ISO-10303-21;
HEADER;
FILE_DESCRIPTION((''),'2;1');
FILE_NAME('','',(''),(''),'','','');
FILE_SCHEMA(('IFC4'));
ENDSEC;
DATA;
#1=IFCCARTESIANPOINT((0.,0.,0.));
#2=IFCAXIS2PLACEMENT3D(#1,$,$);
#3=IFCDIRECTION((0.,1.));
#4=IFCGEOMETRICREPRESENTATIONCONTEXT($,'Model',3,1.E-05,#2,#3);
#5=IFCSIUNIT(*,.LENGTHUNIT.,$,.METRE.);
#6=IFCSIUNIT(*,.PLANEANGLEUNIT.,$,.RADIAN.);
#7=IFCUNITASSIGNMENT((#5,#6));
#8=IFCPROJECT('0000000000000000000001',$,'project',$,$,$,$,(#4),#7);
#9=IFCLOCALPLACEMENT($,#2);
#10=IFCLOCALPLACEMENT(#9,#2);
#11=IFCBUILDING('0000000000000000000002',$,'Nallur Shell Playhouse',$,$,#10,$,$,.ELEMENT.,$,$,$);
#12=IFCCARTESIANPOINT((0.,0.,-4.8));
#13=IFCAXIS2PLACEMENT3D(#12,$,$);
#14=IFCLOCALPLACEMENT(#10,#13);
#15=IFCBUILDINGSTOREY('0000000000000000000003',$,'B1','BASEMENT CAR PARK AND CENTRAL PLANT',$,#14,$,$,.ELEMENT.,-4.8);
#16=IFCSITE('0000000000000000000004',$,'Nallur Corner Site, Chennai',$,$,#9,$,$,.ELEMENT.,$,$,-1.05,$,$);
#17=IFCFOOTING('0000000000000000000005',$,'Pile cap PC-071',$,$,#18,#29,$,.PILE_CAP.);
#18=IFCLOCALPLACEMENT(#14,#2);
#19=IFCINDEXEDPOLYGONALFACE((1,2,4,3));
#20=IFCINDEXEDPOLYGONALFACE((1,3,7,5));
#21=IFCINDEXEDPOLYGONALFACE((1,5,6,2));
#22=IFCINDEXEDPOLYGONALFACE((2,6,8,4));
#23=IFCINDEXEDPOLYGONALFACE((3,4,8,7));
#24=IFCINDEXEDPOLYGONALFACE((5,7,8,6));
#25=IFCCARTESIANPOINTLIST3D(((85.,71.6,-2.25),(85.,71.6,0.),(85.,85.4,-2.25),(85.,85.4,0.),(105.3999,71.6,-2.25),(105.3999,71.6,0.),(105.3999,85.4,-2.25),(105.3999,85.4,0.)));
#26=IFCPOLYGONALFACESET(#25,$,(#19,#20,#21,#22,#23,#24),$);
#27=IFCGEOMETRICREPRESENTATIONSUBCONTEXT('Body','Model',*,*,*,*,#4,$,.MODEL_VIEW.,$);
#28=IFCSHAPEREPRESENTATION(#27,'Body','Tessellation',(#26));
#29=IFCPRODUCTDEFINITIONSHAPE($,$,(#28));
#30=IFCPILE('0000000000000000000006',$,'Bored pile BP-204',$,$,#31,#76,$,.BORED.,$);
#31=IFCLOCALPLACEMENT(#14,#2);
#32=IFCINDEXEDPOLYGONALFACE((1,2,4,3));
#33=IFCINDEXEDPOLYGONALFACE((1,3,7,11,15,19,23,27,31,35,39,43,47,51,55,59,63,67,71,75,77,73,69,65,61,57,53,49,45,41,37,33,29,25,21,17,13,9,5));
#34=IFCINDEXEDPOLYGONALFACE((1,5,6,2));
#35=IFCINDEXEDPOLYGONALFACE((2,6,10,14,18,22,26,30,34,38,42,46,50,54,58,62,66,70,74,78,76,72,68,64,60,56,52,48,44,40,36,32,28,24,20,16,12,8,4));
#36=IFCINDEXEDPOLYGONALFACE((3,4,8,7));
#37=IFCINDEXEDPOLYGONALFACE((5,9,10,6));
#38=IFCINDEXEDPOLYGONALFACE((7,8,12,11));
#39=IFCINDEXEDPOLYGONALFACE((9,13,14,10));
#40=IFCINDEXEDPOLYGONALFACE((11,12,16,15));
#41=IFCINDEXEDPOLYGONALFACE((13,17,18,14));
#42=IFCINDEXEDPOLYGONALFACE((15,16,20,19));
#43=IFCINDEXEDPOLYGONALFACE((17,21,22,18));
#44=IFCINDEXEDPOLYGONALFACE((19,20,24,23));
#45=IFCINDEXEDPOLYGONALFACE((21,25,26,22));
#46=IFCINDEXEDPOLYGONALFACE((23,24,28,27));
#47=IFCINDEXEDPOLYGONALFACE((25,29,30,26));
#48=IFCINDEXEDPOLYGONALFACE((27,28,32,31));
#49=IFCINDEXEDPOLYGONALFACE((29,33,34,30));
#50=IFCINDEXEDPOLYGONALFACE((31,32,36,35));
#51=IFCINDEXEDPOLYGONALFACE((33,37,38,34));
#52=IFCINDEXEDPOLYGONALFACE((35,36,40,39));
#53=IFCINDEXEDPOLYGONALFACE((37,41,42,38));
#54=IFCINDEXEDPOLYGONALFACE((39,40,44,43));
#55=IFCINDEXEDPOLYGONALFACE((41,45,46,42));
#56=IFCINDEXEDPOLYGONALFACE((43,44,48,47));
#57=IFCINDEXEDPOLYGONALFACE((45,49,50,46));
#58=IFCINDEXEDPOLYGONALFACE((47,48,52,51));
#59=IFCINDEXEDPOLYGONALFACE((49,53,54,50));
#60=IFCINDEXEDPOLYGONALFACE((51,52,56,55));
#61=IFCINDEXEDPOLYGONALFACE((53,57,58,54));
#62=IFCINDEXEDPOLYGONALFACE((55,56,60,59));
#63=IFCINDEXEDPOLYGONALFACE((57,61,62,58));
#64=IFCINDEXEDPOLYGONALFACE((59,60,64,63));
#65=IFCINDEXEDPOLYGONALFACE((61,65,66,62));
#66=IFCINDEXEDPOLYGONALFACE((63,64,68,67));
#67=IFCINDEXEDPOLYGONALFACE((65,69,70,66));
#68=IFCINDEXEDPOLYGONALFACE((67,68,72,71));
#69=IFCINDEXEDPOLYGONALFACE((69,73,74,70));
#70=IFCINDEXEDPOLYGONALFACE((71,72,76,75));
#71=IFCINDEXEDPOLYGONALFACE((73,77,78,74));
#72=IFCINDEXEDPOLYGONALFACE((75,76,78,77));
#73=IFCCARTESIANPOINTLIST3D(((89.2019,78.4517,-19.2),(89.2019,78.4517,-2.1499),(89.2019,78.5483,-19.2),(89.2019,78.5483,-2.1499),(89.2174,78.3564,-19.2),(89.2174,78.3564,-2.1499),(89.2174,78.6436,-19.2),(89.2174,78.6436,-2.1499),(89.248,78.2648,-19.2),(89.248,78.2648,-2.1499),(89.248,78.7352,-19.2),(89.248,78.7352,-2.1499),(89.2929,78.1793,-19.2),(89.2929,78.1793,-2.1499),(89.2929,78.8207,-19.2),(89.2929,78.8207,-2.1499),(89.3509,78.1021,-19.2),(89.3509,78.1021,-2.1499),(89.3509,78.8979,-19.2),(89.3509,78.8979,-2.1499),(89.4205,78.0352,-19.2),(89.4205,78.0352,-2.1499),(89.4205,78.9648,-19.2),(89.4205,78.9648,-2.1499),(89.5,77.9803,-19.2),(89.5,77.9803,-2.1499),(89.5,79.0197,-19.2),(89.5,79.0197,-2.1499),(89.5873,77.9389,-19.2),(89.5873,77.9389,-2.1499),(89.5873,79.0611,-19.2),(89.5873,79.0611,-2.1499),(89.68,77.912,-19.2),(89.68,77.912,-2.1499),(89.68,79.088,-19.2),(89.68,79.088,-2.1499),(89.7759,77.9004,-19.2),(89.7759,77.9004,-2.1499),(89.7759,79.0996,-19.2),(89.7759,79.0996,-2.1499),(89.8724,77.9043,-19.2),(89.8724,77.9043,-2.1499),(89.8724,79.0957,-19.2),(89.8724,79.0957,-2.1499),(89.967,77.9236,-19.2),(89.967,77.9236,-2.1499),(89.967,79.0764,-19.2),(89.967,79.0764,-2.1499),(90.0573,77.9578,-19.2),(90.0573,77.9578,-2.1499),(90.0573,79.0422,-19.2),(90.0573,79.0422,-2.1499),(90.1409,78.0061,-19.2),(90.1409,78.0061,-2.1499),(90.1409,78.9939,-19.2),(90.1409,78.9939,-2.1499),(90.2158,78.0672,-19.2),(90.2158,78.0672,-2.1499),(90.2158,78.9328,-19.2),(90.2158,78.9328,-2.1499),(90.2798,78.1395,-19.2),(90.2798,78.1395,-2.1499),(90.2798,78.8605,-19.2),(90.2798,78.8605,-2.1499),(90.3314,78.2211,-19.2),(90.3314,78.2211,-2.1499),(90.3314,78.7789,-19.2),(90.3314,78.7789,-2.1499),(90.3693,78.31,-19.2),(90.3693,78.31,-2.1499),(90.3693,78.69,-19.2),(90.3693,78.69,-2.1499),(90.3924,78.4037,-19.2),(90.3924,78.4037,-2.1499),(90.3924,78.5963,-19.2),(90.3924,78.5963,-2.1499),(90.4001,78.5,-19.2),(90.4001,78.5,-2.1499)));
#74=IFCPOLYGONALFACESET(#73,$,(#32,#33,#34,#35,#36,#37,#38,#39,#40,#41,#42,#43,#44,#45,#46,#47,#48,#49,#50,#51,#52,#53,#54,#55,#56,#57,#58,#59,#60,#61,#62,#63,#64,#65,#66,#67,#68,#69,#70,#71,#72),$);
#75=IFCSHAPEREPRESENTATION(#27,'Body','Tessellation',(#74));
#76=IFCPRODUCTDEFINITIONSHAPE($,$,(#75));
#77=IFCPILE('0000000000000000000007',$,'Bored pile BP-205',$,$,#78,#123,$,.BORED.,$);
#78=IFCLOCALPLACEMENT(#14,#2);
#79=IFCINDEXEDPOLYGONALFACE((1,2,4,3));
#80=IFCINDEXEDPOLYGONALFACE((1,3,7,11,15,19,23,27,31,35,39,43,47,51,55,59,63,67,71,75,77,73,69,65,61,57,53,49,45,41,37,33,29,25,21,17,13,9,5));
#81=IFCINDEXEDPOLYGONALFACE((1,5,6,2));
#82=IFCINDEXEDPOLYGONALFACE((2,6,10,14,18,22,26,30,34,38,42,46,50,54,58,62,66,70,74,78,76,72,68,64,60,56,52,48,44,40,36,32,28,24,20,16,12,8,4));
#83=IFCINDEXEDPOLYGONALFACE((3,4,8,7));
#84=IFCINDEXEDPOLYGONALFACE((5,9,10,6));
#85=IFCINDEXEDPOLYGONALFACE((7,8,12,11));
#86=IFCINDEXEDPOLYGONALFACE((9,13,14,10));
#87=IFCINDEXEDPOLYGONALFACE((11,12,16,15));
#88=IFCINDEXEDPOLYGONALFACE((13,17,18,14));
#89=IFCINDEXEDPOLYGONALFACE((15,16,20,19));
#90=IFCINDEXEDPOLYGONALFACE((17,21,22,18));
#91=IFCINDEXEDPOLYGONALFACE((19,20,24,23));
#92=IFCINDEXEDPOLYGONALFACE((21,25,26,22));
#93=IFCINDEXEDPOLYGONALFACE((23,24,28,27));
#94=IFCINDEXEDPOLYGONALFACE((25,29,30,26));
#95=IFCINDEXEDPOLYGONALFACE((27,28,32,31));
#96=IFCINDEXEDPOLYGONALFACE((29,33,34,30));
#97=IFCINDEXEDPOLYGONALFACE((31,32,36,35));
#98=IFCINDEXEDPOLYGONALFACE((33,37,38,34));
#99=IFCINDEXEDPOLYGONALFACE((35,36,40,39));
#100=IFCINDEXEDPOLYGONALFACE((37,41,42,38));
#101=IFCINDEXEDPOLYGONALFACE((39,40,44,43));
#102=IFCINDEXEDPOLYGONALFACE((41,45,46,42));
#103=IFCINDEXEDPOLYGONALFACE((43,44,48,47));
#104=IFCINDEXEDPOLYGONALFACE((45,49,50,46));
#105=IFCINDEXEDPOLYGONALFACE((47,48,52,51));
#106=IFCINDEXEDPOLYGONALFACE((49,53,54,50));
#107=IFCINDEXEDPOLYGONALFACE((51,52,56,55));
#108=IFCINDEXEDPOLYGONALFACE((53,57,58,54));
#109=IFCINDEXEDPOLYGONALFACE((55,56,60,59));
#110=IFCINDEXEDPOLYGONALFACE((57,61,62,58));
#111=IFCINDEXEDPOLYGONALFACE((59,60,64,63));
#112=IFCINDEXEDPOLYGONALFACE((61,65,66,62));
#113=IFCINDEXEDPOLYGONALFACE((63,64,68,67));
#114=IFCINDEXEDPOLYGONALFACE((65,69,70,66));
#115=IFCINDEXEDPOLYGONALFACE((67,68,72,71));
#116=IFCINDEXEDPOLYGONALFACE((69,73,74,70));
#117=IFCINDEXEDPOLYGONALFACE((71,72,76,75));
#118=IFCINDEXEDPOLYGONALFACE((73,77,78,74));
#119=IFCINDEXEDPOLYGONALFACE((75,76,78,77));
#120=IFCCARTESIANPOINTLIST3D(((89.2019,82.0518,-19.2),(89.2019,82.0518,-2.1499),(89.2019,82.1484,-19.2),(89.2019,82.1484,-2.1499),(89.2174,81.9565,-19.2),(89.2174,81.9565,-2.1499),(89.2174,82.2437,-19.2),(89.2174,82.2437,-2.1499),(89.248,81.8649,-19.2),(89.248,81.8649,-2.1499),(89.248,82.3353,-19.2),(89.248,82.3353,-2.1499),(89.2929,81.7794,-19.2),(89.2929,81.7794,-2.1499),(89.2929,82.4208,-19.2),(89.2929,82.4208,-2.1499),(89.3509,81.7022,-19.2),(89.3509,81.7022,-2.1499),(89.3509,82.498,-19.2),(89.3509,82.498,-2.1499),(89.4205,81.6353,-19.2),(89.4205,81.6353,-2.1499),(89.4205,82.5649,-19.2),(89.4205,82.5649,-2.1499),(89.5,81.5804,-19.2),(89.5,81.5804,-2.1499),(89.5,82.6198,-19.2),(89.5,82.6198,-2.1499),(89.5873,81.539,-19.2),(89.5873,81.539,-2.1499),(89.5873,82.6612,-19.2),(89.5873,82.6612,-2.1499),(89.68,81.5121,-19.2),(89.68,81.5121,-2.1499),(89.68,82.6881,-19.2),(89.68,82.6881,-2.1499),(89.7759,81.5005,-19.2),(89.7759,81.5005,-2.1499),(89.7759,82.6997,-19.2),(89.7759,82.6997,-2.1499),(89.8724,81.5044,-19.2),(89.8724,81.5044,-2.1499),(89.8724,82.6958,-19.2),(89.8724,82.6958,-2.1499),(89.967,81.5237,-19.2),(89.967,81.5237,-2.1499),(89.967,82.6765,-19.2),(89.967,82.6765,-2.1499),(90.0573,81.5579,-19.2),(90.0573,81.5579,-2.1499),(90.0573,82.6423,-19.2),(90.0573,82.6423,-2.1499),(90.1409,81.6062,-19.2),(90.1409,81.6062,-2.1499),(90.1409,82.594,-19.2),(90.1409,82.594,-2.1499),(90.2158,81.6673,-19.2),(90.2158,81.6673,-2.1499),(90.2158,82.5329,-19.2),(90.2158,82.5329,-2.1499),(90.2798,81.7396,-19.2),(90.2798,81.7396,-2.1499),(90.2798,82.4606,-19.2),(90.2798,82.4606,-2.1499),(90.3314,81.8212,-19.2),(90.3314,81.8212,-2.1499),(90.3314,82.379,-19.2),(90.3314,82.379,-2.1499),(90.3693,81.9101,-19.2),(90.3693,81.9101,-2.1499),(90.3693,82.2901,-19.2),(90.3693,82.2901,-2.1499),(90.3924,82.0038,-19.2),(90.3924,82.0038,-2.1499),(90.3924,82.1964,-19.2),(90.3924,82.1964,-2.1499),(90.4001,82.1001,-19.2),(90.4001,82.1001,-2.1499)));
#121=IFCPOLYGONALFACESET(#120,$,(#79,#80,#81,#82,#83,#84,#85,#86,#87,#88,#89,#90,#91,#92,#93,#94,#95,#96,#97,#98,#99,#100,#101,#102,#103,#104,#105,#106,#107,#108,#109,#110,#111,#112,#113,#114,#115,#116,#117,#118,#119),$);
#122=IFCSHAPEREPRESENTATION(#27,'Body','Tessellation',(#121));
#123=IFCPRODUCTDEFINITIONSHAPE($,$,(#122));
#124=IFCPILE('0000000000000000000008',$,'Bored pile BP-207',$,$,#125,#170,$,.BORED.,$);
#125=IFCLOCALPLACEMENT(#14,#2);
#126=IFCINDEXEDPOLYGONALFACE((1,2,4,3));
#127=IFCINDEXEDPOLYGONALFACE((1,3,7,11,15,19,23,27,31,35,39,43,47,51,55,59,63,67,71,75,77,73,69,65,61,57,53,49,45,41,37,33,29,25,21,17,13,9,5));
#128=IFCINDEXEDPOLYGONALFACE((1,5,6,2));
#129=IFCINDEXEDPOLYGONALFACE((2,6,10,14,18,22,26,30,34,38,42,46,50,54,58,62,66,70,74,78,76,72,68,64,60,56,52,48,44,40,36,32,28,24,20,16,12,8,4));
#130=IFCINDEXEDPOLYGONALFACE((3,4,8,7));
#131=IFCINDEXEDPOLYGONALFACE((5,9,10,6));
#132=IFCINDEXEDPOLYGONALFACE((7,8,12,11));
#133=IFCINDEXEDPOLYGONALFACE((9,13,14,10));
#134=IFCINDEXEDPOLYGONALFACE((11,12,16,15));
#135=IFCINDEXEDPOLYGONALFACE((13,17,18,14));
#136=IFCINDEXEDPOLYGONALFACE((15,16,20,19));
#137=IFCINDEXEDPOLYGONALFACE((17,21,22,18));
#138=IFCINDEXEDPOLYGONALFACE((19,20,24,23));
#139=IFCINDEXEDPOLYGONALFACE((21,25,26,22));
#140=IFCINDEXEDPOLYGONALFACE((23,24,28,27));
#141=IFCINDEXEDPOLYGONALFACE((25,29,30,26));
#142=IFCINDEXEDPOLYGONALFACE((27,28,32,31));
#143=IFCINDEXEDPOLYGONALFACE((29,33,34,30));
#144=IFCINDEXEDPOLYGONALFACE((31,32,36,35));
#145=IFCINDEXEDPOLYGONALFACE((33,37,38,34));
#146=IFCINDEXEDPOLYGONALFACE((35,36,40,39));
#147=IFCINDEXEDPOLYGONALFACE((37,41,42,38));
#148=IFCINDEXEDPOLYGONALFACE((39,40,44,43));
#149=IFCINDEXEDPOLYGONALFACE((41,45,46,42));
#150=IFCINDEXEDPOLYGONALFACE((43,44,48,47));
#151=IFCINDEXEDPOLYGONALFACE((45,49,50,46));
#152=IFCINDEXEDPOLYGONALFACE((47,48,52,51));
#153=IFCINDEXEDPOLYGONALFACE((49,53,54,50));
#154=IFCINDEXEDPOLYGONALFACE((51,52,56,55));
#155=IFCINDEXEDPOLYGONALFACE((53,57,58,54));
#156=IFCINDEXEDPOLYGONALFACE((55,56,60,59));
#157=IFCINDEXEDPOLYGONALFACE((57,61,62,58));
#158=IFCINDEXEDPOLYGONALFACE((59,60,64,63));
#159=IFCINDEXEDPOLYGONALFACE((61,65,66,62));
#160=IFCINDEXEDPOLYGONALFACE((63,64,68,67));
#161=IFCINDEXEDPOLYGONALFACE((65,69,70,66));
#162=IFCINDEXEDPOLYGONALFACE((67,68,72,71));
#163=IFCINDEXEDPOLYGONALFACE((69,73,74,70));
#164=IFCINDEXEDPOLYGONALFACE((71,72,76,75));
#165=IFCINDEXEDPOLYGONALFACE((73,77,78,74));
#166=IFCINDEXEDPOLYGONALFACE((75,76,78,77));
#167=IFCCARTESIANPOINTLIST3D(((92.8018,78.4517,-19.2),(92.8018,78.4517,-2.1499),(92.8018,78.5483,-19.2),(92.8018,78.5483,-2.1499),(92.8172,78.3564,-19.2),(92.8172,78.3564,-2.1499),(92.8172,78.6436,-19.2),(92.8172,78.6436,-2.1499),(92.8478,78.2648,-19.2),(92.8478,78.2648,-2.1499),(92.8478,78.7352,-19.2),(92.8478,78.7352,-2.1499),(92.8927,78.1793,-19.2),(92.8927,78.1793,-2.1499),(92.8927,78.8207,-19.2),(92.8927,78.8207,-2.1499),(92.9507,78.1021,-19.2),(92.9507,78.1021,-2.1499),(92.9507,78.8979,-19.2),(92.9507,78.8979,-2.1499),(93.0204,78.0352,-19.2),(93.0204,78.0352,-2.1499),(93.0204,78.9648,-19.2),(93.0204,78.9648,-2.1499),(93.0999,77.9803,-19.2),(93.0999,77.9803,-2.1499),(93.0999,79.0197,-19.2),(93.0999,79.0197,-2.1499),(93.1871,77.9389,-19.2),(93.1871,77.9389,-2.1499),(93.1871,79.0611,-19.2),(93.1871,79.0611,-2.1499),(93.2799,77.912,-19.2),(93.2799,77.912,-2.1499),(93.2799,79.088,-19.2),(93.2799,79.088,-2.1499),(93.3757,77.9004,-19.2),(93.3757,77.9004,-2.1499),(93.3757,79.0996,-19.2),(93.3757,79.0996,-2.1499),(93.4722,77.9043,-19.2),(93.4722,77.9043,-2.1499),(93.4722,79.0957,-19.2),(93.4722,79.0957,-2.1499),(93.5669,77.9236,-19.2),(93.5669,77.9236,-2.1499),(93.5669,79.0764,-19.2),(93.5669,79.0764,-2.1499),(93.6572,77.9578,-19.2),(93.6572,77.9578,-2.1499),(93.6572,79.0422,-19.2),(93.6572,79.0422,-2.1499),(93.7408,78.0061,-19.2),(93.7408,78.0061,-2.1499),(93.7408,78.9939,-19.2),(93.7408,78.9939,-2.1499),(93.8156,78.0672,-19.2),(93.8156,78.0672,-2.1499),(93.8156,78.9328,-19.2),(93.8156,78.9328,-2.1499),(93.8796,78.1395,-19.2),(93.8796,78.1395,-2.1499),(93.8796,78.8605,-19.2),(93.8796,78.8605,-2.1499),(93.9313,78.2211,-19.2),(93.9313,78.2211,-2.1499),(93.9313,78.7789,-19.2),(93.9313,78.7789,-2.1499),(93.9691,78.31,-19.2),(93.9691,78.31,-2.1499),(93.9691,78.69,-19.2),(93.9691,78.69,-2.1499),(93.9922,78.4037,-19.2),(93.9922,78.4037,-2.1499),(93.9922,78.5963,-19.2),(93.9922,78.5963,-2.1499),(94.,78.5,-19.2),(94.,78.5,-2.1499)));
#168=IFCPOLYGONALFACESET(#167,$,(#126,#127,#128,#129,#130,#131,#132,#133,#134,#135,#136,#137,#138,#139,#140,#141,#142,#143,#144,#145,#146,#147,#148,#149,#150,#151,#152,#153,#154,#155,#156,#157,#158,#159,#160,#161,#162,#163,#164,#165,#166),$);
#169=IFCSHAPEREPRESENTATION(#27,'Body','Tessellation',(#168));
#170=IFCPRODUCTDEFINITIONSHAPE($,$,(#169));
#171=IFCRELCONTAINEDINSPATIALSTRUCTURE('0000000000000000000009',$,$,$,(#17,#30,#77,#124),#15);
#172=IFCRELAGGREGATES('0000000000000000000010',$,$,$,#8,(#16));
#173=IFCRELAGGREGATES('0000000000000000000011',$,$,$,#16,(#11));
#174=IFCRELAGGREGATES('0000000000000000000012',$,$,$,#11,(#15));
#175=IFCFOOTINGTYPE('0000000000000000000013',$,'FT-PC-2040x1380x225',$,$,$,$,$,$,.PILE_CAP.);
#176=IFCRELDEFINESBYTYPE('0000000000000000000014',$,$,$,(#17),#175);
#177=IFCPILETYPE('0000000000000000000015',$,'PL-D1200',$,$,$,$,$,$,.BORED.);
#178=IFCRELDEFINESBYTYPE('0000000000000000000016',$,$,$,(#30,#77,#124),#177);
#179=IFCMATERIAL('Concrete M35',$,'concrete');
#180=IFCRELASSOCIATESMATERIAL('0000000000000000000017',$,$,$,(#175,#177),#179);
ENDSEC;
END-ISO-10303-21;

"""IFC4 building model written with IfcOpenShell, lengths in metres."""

from ifc_helpers import new_model, si_unit, direction, frame, origin, origin_2d, place, context, subcontext, project, spatial, rectangle, circle, extrude, material, material_profile, profile_set, type_object, element, save


model = new_model("IFC4")

# Units and contexts
model_context = context("Model", 3, precision=1e-05, world=origin(), true_north=direction((0.0, 1.0)))
body_context = subcontext(model_context, "Body", "Model", "MODEL_VIEW")
ifc_project = project(units=[si_unit("LENGTHUNIT", "METRE"), si_unit("PLANEANGLEUNIT", "RADIAN")], contexts=[model_context])

# Site, building, storey
site_placement = place(None, origin())
site = spatial("IfcSite", under=ifc_project, at=site_placement, Name="Nallur Corner Site, Chennai", CompositionType="ELEMENT", RefElevation=-1.05)
building_placement = place(site_placement, origin())
building = spatial("IfcBuilding", under=site, at=building_placement, Name="Nallur Shell Playhouse", CompositionType="ELEMENT")
storey_placement = place(building_placement, frame((0.0, 0.0, -4.8)))
storey = spatial("IfcBuildingStorey", under=building, at=storey_placement, Name="B1", Description="BASEMENT CAR PARK AND CENTRAL PLANT", CompositionType="ELEMENT", Elevation=-4.8)

# Footing
ifc_material_1 = material(Name="Concrete M35", Category="concrete")
footing_type = type_object("IfcFootingType", Name="FT-PC-2040x1380x225", PredefinedType="PILE_CAP", material=ifc_material_1)
footing_placement = place(storey_placement, frame((95.2, 78.5, -2.25), z_axis=(0.0, 0.0, 1.0), x_axis=(1.0, 0.0, 0.0)))
element("IfcFooting", 1, at=footing_placement, inside=storey, type_object=footing_type, Name="Pile cap PC-071", PredefinedType="PILE_CAP", context=body_context, shape_type="SweptSolid", body=[
    extrude(rectangle(XDim=20.3999, YDim=13.8, at=origin_2d()), origin(), (0.0, 0.0, 1.0), 2.25),
])

# Piles
ifc_material_profile_1 = material_profile(ifc_material_1, circle(Radius=0.6001, at=origin_2d()), Name="BORED PILE D1200")
ifc_profile_set_1 = profile_set([ifc_material_profile_1], Name="Concrete M35")
pile_type = type_object("IfcPileType", Name="PL-D1200", PredefinedType="BORED", material=ifc_profile_set_1)
for number, where, z_axis, x_axis, name in (
    (2, (89.8, 78.5, -2.1499), (0.0, 0.0, -1.0), (1.0, 0.0, 0.0), "Bored pile BP-204"),
    (3, (89.8, 82.1001, -2.1499), (0.0, 0.0, -1.0), (1.0, 0.0, 0.0), "Bored pile BP-205"),
    (4, (93.3999, 78.5, -2.1499), (0.0, 0.0, -1.0), (1.0, 0.0, 0.0), "Bored pile BP-207"),
):
    element("IfcPile", number, at=place(storey_placement, frame(where, z_axis=z_axis, x_axis=x_axis)), inside=storey, type_object=pile_type, Name=name, PredefinedType="BORED", context=body_context, shape_type="SweptSolid", body=[
        extrude(circle(Radius=0.6001, at=origin_2d()), origin(), (0.0, 0.0, 1.0), 17.05),
    ])

save(model, "model.ifc")
